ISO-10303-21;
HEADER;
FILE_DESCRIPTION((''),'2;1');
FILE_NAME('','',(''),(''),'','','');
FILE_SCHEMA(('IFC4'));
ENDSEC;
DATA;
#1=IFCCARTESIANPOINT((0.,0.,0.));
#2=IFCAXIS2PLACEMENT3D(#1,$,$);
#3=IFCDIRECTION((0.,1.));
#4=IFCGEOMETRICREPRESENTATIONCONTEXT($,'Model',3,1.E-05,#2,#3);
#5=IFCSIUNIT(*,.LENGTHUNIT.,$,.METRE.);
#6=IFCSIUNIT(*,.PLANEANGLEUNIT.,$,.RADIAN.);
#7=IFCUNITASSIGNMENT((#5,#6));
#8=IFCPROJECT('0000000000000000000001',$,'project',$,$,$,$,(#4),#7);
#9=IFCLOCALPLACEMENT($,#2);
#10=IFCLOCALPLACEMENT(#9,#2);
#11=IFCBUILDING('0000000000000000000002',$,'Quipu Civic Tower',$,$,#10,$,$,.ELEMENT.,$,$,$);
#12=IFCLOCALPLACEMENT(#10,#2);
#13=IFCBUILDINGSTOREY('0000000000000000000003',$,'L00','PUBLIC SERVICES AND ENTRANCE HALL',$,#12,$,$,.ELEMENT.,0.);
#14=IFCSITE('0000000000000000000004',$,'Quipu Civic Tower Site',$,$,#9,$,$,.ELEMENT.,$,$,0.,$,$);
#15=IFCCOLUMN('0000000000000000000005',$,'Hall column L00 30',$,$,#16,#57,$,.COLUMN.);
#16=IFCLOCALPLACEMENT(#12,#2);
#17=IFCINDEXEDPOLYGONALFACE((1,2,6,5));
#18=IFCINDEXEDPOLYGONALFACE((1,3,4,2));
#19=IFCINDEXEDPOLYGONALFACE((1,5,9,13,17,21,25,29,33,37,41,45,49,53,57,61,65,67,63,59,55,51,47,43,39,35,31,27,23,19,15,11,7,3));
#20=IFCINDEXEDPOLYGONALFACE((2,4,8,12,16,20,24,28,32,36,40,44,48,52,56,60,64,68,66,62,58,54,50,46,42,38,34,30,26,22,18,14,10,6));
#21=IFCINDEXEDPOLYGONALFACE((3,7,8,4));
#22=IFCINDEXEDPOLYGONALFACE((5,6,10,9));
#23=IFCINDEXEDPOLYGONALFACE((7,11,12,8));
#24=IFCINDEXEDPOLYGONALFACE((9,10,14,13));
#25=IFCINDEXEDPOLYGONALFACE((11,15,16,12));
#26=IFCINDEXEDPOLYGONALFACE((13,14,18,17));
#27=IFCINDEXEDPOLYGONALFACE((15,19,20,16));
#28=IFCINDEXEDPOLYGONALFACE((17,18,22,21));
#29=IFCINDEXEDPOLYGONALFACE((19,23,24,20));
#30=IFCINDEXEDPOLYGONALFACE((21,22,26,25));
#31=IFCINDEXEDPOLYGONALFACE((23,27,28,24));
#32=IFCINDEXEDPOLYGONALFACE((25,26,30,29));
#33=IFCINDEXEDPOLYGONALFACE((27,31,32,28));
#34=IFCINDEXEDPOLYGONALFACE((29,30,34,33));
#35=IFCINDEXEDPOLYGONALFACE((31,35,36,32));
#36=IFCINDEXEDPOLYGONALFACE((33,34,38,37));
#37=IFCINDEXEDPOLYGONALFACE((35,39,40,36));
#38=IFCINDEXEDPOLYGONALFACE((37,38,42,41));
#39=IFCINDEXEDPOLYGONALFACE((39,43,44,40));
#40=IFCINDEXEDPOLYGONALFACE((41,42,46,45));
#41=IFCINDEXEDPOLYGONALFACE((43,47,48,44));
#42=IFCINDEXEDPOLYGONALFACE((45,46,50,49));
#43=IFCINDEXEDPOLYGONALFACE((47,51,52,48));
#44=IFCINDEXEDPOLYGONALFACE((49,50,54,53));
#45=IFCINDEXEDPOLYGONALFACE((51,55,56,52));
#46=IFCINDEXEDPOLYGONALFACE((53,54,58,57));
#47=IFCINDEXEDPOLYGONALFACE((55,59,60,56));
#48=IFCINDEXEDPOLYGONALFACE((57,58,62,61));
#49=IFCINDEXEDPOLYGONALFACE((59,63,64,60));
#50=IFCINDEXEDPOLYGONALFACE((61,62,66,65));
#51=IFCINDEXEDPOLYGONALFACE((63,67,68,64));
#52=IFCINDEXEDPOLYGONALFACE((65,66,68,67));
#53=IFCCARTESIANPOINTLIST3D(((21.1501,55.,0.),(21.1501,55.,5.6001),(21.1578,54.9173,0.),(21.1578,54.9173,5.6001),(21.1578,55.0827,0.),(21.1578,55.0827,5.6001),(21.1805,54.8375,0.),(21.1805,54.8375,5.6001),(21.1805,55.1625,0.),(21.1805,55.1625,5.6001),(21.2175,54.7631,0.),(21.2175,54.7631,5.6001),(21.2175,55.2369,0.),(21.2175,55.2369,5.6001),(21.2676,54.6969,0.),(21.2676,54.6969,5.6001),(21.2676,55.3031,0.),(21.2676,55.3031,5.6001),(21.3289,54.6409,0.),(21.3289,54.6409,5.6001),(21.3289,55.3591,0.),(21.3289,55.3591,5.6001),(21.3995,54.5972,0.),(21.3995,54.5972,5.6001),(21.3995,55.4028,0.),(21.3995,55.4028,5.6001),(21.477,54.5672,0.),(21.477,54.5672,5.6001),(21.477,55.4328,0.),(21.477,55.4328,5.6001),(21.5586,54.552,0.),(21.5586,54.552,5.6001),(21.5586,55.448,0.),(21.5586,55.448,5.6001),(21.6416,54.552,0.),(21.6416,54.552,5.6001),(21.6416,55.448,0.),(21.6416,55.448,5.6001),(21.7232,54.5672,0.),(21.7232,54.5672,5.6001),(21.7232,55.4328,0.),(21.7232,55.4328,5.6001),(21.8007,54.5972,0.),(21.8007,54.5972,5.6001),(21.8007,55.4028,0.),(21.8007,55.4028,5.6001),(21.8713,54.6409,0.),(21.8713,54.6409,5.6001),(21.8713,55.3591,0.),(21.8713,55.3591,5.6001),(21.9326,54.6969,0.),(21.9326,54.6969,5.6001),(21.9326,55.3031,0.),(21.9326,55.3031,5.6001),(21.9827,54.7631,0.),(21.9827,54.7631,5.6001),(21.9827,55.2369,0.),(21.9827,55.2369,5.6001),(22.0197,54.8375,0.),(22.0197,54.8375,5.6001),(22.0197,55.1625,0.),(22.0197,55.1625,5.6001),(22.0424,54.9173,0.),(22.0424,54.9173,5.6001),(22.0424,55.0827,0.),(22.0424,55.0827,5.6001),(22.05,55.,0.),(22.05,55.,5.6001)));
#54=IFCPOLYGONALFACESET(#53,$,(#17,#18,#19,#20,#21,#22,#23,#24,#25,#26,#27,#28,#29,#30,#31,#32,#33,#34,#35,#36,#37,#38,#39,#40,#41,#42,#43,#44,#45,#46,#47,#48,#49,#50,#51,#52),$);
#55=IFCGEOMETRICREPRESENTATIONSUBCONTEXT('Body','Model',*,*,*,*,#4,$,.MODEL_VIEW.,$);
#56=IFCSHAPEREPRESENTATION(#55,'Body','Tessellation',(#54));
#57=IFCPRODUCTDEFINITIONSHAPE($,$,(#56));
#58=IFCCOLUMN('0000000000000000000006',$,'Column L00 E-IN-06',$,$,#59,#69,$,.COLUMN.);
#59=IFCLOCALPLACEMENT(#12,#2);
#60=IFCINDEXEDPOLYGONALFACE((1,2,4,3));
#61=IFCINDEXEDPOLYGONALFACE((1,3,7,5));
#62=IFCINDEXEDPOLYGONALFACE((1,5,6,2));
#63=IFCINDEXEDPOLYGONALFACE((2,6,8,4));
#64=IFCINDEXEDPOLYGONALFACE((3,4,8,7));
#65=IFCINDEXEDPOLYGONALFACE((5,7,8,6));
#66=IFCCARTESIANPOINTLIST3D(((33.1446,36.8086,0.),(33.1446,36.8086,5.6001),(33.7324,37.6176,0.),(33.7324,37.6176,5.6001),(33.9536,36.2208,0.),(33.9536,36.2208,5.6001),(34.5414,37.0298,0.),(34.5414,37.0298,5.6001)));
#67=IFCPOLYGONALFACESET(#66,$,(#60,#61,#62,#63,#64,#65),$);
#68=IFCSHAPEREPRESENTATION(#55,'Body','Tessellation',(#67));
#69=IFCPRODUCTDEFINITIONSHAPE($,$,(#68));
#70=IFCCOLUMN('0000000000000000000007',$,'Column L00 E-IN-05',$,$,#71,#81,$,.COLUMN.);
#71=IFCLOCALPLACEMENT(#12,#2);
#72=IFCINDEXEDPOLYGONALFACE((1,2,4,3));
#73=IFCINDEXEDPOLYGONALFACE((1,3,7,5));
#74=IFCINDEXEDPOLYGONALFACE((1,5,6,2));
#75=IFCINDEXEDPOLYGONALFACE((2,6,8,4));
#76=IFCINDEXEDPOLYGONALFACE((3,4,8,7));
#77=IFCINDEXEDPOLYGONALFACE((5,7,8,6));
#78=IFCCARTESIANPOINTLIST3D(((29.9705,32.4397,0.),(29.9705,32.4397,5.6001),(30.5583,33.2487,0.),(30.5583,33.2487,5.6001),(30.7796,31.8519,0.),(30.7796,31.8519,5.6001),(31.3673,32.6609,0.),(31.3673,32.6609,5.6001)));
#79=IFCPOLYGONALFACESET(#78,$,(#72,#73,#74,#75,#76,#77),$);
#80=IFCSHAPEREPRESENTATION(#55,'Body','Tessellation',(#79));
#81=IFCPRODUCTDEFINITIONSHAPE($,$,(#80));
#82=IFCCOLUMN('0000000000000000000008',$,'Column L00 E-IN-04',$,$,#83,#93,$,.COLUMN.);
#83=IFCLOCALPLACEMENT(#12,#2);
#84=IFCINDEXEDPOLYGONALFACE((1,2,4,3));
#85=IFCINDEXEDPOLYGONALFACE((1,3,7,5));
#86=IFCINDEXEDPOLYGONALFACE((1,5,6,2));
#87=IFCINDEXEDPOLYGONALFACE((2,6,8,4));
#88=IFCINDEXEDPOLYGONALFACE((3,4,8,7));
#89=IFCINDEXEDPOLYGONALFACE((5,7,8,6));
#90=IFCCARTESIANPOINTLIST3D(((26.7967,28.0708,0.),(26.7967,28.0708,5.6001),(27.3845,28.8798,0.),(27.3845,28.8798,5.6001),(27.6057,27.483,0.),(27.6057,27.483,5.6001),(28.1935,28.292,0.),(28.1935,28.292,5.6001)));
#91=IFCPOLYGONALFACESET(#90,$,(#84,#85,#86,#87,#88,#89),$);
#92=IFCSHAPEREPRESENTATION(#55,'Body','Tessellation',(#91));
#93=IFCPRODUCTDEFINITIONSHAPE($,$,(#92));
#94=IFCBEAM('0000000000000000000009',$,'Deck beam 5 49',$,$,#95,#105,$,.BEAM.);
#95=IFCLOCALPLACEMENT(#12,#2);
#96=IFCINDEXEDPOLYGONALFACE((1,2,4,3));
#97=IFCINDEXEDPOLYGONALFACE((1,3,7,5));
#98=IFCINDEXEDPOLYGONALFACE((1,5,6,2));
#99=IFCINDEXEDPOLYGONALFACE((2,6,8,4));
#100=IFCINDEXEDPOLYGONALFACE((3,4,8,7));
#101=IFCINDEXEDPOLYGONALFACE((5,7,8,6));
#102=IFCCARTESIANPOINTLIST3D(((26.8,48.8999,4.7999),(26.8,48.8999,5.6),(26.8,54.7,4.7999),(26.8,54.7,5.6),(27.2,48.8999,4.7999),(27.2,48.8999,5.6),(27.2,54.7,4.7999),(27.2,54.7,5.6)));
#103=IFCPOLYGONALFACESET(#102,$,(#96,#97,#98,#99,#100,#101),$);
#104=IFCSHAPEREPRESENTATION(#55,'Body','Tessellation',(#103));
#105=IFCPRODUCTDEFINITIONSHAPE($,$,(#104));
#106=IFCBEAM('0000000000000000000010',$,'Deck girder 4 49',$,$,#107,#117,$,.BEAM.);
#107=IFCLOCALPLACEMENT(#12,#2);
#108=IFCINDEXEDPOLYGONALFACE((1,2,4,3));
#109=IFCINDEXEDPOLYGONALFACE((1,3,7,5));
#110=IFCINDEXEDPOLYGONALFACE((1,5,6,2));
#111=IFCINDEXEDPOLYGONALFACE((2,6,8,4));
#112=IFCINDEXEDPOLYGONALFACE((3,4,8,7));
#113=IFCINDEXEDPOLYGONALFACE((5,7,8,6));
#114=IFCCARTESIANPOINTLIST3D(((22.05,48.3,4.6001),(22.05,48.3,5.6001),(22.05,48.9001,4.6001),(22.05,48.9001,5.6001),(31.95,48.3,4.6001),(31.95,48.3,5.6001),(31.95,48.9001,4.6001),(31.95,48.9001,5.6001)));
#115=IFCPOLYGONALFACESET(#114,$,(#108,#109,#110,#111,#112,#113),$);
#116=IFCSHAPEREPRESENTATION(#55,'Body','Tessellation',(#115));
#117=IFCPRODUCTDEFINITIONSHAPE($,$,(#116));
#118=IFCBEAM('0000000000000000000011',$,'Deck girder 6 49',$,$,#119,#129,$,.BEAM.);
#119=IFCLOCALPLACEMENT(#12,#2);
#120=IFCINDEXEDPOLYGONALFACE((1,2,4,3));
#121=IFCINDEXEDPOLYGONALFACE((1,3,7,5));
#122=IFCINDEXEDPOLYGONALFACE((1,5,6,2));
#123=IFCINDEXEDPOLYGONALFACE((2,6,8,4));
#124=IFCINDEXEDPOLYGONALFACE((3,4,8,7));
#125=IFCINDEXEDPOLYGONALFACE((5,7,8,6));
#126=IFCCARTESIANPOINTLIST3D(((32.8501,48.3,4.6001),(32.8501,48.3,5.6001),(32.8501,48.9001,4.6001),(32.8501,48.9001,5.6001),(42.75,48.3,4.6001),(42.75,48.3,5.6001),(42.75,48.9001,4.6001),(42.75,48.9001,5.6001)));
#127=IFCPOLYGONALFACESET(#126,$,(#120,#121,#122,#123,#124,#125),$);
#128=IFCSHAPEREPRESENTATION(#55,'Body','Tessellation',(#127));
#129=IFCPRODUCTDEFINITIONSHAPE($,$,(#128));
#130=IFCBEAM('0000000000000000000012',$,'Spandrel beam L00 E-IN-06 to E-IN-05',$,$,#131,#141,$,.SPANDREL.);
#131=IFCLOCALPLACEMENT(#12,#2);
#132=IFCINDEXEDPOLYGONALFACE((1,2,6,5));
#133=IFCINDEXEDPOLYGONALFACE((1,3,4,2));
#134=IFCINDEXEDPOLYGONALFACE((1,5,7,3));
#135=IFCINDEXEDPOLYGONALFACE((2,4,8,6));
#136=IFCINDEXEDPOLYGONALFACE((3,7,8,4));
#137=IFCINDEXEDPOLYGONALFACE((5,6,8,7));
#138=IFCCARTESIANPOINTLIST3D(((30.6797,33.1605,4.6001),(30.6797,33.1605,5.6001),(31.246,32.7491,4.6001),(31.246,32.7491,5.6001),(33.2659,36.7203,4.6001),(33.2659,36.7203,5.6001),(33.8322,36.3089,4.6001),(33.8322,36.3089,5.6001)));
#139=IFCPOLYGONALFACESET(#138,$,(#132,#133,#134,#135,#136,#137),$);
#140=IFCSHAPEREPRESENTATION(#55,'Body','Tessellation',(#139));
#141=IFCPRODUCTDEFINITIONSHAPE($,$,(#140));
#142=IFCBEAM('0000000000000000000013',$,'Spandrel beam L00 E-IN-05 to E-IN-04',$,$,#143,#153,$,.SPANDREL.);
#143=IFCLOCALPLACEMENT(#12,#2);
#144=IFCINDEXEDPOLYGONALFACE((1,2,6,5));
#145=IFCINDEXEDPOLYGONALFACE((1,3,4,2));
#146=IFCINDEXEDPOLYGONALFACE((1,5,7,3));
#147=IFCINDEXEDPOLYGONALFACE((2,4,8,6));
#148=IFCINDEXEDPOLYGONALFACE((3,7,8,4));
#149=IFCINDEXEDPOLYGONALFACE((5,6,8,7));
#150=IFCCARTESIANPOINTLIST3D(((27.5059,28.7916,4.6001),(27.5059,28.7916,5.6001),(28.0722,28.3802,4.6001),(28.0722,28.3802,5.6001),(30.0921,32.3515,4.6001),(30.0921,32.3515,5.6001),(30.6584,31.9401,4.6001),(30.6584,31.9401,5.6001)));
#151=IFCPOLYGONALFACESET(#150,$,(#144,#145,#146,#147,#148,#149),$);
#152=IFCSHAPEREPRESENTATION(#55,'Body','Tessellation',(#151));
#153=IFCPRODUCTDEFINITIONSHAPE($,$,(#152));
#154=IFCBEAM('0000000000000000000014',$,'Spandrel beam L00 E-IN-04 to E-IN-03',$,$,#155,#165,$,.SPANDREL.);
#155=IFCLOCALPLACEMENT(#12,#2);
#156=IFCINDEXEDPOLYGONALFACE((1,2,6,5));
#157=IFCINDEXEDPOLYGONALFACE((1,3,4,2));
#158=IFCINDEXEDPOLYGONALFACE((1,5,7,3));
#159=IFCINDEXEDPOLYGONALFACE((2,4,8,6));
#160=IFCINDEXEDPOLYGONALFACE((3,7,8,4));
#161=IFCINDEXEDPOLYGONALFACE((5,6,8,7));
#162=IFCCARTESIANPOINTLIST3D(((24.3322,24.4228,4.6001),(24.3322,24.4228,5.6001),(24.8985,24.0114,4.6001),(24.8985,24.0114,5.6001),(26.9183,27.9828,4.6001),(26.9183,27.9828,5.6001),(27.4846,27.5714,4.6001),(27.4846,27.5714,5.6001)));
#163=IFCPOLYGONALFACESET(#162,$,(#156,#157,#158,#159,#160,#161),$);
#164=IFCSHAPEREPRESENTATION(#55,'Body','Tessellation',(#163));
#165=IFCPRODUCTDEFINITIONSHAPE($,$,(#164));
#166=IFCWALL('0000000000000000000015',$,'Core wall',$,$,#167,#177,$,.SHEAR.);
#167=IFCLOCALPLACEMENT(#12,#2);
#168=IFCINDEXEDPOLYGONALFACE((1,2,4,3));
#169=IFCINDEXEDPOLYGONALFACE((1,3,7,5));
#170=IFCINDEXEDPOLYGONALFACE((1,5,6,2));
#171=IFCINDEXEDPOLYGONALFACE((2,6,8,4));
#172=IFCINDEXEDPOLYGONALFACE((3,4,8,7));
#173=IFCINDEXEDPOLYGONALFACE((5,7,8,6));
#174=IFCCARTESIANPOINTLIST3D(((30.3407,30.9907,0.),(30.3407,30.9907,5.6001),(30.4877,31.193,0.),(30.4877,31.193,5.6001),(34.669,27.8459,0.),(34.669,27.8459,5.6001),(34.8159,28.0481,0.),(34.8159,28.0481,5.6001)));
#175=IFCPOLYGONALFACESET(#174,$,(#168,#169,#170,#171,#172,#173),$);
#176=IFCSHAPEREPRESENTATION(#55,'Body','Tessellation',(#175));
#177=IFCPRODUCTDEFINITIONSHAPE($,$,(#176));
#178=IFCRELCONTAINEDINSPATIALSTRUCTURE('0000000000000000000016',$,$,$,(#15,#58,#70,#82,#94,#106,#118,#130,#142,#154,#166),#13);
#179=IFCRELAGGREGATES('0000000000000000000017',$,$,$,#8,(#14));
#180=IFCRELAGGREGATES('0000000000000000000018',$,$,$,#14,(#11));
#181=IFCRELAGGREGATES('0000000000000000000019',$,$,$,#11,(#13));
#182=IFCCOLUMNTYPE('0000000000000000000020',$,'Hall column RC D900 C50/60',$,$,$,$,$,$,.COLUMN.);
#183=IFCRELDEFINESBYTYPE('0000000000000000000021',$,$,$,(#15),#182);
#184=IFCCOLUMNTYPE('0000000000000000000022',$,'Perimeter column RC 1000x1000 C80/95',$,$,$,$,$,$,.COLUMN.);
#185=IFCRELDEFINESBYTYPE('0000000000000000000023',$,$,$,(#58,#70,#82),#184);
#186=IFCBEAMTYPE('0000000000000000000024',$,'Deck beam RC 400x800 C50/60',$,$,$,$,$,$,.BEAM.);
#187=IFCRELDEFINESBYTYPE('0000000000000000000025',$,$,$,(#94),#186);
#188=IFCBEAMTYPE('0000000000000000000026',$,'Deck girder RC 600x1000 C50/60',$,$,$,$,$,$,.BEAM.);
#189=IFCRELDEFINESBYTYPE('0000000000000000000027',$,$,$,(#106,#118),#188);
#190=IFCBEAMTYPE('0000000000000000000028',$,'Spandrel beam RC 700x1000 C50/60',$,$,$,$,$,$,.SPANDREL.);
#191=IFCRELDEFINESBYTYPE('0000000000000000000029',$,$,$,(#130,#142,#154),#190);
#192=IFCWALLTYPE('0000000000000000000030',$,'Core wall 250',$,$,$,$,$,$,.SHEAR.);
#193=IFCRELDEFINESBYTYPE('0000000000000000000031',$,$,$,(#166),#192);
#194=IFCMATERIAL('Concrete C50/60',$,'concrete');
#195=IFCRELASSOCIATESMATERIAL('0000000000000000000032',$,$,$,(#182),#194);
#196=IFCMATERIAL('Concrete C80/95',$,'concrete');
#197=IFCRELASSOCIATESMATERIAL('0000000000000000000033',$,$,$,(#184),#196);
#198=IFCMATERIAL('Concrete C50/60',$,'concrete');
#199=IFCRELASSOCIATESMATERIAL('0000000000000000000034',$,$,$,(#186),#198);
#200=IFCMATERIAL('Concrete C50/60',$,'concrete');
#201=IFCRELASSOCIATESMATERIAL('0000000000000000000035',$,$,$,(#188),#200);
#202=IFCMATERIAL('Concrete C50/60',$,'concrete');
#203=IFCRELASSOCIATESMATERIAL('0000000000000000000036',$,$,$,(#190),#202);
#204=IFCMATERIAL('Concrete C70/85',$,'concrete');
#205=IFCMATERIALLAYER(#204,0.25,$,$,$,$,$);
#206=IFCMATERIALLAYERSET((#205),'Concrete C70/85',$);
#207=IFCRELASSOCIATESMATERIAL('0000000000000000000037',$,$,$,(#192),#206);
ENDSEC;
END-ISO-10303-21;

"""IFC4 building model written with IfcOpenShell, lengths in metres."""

from ifc_helpers import new_model, si_unit, direction, frame, frame_2d, origin, origin_2d, place, context, subcontext, project, spatial, rectangle, circle, extrude, material, layer, layer_set, material_profile, profile_set, type_object, element, save


model = new_model("IFC4")

# Units and contexts
model_context = context("Model", 3, precision=1e-05, world=origin(), true_north=direction((0.0, 1.0)))
body_context = subcontext(model_context, "Body", "Model", "MODEL_VIEW")
ifc_project = project(units=[si_unit("LENGTHUNIT", "METRE"), si_unit("PLANEANGLEUNIT", "RADIAN")], contexts=[model_context])

# Site, building, storey
site_placement = place(None, origin())
site = spatial("IfcSite", under=ifc_project, at=site_placement, Name="Quipu Civic Tower Site", CompositionType="ELEMENT", RefElevation=0.0)
building_placement = place(site_placement, origin())
building = spatial("IfcBuilding", under=site, at=building_placement, Name="Quipu Civic Tower", CompositionType="ELEMENT")
storey_placement = place(building_placement, origin())
storey = spatial("IfcBuildingStorey", under=building, at=storey_placement, Name="L00", Description="PUBLIC SERVICES AND ENTRANCE HALL", CompositionType="ELEMENT", Elevation=0.0)

# Columns
ifc_material_1 = material(Name="Concrete C50/60", Category="concrete")
ifc_material_profile_1 = material_profile(ifc_material_1, circle(Radius=0.45, at=origin_2d()), Name="RCD900")
ifc_profile_set_1 = profile_set([ifc_material_profile_1], Name="Concrete C50/60")
column_type_1 = type_object("IfcColumnType", Name="Hall column RC D900 C50/60", PredefinedType="COLUMN", material=ifc_profile_set_1)
for number, where, z_axis, x_axis, name in (
    (1, (21.6001, 55.0, 0.0), (0.0, 0.0, 1.0), (1.0, 0.0, 0.0), "Hall column L00 30"),
):
    element("IfcColumn", number, at=place(storey_placement, frame(where, z_axis=z_axis, x_axis=x_axis)), inside=storey, type_object=column_type_1, Name=name, PredefinedType="COLUMN", context=body_context, shape_type="SweptSolid", body=[
        extrude(circle(Radius=0.45, at=origin_2d()), origin(), (0.0, 0.0, 1.0), 5.6001),
    ])
ifc_material_2 = material(Name="Concrete C80/95", Category="concrete")
ifc_material_profile_2 = material_profile(ifc_material_2, rectangle(XDim=1.0, YDim=1.0, at=origin_2d()), Name="RC1000x1000")
ifc_profile_set_2 = profile_set([ifc_material_profile_2], Name="Concrete C80/95")
column_type_2 = type_object("IfcColumnType", Name="Perimeter column RC 1000x1000 C80/95", PredefinedType="COLUMN", material=ifc_profile_set_2)
for number, where, z_axis, x_axis, name in (
    (2, (33.843, 36.9192, 0.0), (0.0, 0.0, 1.0), (-0.587785, -0.809017, 0.0), "Column L00 E-IN-06"),
    (3, (30.6689, 32.5503, 0.0), (0.0, 0.0, 1.0), (-0.587785, -0.809017, 0.0), "Column L00 E-IN-05"),
    (4, (27.4951, 28.1814, 0.0), (0.0, 0.0, 1.0), (-0.587785, -0.809017, 0.0), "Column L00 E-IN-04"),
):
    element("IfcColumn", number, at=place(storey_placement, frame(where, z_axis=z_axis, x_axis=x_axis)), inside=storey, type_object=column_type_2, Name=name, PredefinedType="COLUMN", context=body_context, shape_type="SweptSolid", body=[
        extrude(rectangle(XDim=1.0, YDim=1.0, at=origin_2d()), origin(), (0.0, 0.0, 1.0), 5.6001),
    ])

# Beams
ifc_material_3 = material(Name="Concrete C50/60", Category="concrete")
ifc_material_profile_3 = material_profile(ifc_material_3, rectangle(XDim=0.3999, YDim=0.8, at=origin_2d()), Name="RC400x800")
ifc_profile_set_3 = profile_set([ifc_material_profile_3], Name="Concrete C50/60")
beam_type_1 = type_object("IfcBeamType", Name="Deck beam RC 400x800 C50/60", PredefinedType="BEAM", material=ifc_profile_set_3)
beam_placement = place(storey_placement, frame((27.0, 48.8999, 5.2), z_axis=(0.0, 1.0, 0.0), x_axis=(-1.0, 0.0, 0.0)))
element("IfcBeam", 5, at=beam_placement, inside=storey, type_object=beam_type_1, Name="Deck beam 5 49", PredefinedType="BEAM", context=body_context, shape_type="SweptSolid", body=[
    extrude(rectangle(XDim=0.3999, YDim=0.8, at=origin_2d()), origin(), (0.0, 0.0, 1.0), 5.8),
])
ifc_material_4 = material(Name="Concrete C50/60", Category="concrete")
ifc_material_profile_4 = material_profile(ifc_material_4, rectangle(XDim=0.6001, YDim=1.0, at=origin_2d()), Name="RC600x1000")
ifc_profile_set_4 = profile_set([ifc_material_profile_4], Name="Concrete C50/60")
beam_type_2 = type_object("IfcBeamType", Name="Deck girder RC 600x1000 C50/60", PredefinedType="BEAM", material=ifc_profile_set_4)
for number, where, z_axis, x_axis, name in (
    (6, (22.05, 48.6001, 5.1001), (1.0, 0.0, 0.0), (0.0, 1.0, 0.0), "Deck girder 4 49"),
    (7, (32.8501, 48.6001, 5.1001), (1.0, 0.0, 0.0), (0.0, 1.0, 0.0), "Deck girder 6 49"),
):
    element("IfcBeam", number, at=place(storey_placement, frame(where, z_axis=z_axis, x_axis=x_axis)), inside=storey, type_object=beam_type_2, Name=name, PredefinedType="BEAM", context=body_context, shape_type="SweptSolid", body=[
        extrude(rectangle(XDim=0.6001, YDim=1.0, at=origin_2d()), origin(), (0.0, 0.0, 1.0), 9.8999),
    ])
ifc_material_5 = material(Name="Concrete C50/60", Category="concrete")
ifc_material_profile_5 = material_profile(ifc_material_5, rectangle(XDim=0.7, YDim=1.0, at=origin_2d()), Name="RC700x1000")
ifc_profile_set_5 = profile_set([ifc_material_profile_5], Name="Concrete C50/60")
beam_type_3 = type_object("IfcBeamType", Name="Spandrel beam RC 700x1000 C50/60", PredefinedType="SPANDREL", material=ifc_profile_set_5)
for number, where, z_axis, x_axis, name in (
    (8, (33.5491, 36.5146, 5.1001), (-0.587759, -0.809036, 0.0), (0.809036, -0.587759, 0.0), "Spandrel beam L00 E-IN-06 to E-IN-05"),
    (9, (30.3752, 32.1458, 5.1001), (-0.587759, -0.809036, 0.0), (0.809036, -0.587759, 0.0), "Spandrel beam L00 E-IN-05 to E-IN-04"),
    (10, (27.2014, 27.7771, 5.1001), (-0.587733, -0.809055, 0.0), (0.809055, -0.587733, 0.0), "Spandrel beam L00 E-IN-04 to E-IN-03"),
):
    element("IfcBeam", number, at=place(storey_placement, frame(where, z_axis=z_axis, x_axis=x_axis)), inside=storey, type_object=beam_type_3, Name=name, PredefinedType="SPANDREL", context=body_context, shape_type="SweptSolid", body=[
        extrude(rectangle(XDim=0.7, YDim=1.0, at=origin_2d()), origin(), (0.0, 0.0, 1.0), 4.4001),
    ])

# Wall
ifc_material_6 = material(Name="Concrete C70/85", Category="concrete")
ifc_layer_1 = layer(ifc_material_6, 0.25)
ifc_layer_set_1 = layer_set([ifc_layer_1], Name="Concrete C70/85")
wall_type_1 = type_object("IfcWallType", Name="Core wall 250", PredefinedType="SHEAR", material=ifc_layer_set_1)
wall_1_placement = place(storey_placement, frame((34.7424, 27.947, 0.0), z_axis=(0.0, 0.0, 1.0), x_axis=(-0.808998, 0.587811, 0.0)))
element("IfcWall", 11, at=wall_1_placement, inside=storey, type_object=wall_type_1, Name="Core wall", PredefinedType="SHEAR", context=body_context, shape_type="SweptSolid", body=[
    extrude(rectangle(XDim=5.3501, YDim=0.25, at=frame_2d((2.675, 0.0))), origin(), (0.0, 0.0, 1.0), 5.6001),
])

save(model, "model.ifc")
